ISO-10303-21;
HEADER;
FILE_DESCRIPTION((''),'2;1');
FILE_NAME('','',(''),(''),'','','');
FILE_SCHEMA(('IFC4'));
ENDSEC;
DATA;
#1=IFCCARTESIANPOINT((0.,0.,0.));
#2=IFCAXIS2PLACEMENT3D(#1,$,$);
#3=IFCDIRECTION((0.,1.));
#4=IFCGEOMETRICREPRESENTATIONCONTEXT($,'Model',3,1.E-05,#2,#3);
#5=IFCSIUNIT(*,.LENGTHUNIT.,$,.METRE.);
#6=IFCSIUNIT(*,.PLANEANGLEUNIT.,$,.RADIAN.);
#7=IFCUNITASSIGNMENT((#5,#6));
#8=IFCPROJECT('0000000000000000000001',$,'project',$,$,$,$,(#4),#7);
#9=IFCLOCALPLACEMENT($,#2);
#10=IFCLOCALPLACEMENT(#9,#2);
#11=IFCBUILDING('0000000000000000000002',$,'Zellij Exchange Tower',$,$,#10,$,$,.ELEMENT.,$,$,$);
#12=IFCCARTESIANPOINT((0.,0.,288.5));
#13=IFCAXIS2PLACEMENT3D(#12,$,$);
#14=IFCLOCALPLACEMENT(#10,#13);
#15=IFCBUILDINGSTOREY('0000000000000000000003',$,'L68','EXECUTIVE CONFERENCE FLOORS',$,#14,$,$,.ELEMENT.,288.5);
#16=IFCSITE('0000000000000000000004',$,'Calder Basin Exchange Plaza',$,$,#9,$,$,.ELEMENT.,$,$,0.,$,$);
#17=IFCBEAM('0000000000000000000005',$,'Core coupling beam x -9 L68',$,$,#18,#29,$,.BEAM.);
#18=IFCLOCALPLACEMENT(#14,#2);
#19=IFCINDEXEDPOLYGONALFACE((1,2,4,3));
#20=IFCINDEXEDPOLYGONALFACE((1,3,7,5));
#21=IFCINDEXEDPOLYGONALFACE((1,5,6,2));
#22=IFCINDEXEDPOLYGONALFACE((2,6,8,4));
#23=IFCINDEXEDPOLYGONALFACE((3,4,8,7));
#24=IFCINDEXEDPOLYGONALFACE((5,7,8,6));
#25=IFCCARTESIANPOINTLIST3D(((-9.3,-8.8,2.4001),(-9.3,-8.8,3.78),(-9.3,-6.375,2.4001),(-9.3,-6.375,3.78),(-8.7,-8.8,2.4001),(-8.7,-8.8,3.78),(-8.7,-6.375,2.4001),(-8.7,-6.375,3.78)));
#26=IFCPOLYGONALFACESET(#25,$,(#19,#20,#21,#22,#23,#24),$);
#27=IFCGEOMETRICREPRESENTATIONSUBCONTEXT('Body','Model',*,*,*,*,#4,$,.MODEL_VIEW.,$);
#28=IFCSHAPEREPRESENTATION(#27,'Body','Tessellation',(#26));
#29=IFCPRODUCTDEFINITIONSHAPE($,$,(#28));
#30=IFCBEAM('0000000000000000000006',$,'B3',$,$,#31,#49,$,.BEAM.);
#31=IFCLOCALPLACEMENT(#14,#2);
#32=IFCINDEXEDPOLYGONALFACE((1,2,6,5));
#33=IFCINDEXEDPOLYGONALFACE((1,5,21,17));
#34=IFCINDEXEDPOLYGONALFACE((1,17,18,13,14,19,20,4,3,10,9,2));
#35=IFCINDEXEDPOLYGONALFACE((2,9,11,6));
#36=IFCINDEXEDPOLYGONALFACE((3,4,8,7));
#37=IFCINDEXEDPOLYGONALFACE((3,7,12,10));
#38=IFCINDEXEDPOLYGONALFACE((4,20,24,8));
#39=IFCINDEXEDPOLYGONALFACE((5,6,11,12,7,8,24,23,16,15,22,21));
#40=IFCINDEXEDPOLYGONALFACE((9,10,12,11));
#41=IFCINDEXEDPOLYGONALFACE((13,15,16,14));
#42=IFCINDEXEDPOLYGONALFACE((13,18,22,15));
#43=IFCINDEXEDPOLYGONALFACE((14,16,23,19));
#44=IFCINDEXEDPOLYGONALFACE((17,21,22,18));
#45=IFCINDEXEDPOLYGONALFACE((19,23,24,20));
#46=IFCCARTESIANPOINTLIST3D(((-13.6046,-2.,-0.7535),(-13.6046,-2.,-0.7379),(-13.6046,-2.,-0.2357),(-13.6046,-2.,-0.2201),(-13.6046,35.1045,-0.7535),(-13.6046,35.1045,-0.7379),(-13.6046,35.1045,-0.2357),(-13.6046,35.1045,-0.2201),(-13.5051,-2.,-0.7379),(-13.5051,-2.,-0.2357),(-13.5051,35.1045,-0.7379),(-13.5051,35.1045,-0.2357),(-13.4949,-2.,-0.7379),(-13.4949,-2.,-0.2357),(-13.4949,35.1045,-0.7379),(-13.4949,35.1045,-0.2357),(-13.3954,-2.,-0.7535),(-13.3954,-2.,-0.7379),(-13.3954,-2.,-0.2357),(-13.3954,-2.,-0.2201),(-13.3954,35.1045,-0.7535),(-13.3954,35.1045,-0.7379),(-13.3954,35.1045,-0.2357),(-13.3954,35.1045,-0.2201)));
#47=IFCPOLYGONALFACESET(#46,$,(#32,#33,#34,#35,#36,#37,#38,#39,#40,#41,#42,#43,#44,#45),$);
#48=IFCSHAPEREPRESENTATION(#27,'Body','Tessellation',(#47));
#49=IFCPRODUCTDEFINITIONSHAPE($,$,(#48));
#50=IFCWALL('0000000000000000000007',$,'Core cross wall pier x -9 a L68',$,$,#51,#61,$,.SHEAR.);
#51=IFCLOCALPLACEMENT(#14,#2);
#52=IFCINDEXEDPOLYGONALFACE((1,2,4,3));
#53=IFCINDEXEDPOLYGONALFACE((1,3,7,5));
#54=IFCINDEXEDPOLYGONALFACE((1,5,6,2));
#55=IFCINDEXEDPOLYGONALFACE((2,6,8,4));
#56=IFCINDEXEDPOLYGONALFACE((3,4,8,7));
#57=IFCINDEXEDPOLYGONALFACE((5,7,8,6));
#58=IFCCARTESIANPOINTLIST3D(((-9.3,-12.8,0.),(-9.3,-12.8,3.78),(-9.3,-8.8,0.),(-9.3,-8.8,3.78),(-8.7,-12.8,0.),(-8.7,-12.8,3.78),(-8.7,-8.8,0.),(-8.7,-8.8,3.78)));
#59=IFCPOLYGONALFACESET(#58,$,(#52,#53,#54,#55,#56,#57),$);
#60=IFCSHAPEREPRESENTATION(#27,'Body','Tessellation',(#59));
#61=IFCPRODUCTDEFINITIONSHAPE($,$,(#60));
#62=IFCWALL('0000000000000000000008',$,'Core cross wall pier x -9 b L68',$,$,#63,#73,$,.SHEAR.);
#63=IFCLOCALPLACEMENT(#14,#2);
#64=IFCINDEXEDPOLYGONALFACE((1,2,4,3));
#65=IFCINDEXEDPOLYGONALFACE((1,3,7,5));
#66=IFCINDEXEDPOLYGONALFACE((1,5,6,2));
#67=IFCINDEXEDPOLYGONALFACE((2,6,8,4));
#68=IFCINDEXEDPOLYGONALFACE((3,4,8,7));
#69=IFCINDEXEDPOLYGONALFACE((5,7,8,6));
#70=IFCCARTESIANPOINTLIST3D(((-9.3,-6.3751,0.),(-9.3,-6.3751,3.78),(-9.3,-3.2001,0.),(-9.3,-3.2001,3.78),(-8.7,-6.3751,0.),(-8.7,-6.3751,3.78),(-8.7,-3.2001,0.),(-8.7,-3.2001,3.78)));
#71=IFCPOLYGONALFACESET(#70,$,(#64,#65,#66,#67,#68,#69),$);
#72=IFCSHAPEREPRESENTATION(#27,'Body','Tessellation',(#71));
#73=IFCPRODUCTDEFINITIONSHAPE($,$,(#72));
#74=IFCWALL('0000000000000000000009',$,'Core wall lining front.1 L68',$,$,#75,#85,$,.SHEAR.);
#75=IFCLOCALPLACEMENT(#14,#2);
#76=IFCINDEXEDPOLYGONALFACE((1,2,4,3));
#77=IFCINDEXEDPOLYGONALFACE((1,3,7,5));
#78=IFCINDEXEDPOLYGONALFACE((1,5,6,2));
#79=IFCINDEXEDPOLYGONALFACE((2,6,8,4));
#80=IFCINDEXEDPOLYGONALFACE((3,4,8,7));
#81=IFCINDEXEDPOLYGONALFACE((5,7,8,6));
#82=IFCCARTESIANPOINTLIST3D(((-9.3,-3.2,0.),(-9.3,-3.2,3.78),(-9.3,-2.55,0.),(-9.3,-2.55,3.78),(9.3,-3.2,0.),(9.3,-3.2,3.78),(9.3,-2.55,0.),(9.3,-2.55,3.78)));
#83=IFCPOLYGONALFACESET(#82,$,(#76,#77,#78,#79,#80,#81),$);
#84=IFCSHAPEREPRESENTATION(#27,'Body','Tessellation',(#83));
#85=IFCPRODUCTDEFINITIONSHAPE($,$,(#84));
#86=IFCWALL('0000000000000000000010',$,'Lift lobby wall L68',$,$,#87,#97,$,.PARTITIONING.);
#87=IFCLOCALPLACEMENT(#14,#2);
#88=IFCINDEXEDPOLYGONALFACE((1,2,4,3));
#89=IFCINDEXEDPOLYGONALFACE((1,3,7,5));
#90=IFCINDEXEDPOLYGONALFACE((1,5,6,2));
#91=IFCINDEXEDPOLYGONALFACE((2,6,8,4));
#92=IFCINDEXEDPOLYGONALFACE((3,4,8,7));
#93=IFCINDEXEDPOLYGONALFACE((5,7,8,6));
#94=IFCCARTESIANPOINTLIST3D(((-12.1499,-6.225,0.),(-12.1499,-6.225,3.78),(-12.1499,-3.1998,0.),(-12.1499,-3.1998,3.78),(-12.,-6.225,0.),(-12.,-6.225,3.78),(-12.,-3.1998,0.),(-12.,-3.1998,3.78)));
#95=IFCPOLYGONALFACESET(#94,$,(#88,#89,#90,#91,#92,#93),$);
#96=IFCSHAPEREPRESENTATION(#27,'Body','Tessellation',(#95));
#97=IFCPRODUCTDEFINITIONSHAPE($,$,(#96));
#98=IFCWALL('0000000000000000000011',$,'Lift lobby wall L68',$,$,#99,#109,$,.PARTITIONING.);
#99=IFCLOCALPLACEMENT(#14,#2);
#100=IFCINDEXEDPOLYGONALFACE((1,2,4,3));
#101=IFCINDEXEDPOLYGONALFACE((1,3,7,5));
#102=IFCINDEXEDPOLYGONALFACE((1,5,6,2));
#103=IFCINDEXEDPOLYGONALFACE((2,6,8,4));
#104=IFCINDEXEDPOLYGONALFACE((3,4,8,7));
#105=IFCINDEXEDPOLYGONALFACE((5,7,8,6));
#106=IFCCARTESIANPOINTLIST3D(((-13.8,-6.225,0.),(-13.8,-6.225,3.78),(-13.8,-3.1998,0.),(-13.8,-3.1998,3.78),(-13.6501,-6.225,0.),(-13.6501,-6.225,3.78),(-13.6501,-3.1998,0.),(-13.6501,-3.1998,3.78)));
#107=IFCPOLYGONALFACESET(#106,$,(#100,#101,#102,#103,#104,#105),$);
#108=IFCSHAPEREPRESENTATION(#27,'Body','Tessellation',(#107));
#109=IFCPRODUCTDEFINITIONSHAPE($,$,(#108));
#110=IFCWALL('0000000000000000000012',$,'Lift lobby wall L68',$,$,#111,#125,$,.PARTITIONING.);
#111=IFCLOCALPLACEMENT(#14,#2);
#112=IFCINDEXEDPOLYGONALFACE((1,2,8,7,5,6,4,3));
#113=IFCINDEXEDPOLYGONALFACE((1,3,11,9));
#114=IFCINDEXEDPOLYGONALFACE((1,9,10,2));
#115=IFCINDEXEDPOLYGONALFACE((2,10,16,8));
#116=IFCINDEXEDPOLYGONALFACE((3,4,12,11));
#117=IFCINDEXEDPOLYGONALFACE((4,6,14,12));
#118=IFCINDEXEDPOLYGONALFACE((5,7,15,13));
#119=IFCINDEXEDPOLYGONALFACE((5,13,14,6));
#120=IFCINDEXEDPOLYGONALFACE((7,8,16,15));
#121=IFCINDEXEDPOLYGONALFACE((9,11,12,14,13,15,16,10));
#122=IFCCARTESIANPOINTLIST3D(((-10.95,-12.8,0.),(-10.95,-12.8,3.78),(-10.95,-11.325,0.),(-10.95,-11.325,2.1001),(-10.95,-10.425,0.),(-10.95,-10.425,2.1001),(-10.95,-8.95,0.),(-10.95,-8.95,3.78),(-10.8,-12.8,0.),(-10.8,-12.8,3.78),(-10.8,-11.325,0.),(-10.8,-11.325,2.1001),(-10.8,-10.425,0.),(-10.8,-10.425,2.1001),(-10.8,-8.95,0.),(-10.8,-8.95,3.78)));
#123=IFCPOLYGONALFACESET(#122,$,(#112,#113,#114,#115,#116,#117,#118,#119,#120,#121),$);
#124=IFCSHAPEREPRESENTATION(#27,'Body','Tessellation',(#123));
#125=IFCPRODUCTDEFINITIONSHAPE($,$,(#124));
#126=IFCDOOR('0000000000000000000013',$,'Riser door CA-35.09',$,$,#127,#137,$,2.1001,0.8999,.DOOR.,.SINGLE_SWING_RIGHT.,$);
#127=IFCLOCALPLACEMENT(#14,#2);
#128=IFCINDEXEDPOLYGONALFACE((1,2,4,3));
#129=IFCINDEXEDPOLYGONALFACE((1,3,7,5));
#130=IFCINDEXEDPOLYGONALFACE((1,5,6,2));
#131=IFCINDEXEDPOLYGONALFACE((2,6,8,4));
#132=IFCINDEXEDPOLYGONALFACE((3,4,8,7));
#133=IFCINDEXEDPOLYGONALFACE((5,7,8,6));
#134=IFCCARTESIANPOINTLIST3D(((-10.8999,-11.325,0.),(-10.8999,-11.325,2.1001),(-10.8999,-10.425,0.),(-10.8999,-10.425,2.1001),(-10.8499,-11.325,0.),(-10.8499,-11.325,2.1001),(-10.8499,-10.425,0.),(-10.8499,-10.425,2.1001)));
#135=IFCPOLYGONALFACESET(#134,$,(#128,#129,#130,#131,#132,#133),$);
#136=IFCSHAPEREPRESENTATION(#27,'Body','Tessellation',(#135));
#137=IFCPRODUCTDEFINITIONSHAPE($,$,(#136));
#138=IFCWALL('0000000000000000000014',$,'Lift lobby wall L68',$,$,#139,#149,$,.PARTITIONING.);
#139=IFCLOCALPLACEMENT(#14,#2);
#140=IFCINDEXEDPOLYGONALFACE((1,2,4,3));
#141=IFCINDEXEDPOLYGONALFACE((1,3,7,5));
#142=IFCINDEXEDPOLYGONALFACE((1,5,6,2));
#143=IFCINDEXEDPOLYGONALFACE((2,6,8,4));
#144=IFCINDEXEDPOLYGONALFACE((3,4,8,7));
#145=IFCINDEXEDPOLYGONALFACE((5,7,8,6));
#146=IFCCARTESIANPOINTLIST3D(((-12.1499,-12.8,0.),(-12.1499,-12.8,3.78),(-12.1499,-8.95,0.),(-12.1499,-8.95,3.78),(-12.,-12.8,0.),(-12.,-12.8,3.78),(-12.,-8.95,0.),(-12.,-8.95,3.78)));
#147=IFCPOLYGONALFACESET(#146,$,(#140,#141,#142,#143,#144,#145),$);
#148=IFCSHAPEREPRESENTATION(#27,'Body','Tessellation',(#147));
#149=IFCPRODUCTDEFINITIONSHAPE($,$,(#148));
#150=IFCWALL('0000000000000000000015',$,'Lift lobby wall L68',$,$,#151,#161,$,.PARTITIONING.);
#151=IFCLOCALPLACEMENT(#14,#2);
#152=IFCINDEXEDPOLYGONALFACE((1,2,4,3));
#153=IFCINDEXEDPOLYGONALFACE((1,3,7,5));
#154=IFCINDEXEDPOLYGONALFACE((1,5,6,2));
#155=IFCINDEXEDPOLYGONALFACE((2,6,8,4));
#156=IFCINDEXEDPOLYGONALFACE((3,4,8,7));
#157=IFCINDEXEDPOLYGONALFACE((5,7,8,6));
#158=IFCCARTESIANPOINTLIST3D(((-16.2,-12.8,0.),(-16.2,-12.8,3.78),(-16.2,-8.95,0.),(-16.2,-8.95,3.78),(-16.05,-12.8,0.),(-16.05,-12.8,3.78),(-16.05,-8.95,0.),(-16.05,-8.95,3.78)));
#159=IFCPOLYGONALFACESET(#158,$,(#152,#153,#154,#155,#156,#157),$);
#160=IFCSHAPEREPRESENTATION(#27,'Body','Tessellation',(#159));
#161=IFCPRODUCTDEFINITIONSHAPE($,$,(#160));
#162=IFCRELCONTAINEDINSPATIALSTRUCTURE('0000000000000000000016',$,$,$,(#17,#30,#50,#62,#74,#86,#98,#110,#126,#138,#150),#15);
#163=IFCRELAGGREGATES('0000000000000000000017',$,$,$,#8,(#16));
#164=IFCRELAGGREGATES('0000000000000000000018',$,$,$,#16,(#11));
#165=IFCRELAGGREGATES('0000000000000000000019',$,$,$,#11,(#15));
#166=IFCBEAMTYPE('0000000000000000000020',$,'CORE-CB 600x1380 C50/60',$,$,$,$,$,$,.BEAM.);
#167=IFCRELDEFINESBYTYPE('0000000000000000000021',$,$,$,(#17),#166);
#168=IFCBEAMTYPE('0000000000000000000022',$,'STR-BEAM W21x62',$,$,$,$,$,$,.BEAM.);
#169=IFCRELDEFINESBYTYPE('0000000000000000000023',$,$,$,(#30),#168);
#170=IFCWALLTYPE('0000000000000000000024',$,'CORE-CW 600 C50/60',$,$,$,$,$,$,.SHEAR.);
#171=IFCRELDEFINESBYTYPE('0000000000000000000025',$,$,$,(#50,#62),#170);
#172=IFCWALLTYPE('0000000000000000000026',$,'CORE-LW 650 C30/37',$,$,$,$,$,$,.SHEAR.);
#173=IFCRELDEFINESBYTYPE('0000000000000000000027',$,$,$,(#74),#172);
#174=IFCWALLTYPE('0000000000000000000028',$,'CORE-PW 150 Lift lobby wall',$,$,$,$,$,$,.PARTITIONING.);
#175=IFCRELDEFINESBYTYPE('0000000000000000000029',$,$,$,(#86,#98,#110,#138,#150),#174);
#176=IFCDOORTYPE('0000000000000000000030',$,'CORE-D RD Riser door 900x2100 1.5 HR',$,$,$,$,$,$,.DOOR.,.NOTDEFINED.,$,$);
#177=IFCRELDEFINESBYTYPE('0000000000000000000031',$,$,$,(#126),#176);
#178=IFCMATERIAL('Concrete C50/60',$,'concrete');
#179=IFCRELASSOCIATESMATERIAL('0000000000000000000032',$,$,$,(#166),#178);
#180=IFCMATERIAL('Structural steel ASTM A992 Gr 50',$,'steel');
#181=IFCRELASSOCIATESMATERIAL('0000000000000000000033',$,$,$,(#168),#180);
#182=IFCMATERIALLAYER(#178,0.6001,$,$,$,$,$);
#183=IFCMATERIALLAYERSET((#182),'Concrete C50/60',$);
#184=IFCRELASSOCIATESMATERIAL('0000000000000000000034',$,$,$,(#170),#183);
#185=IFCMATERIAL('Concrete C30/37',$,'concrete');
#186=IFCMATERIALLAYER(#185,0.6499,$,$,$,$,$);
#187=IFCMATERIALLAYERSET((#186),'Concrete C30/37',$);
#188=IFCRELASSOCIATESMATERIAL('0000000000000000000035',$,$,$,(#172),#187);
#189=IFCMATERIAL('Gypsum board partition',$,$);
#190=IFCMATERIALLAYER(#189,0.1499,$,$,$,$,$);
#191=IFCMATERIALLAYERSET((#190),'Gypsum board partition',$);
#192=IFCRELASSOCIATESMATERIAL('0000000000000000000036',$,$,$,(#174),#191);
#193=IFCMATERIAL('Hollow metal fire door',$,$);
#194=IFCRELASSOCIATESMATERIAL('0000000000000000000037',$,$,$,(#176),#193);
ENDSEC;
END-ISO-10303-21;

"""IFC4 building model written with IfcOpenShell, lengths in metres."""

from ifc_helpers import new_model, si_unit, direction, frame, frame_2d, origin, origin_2d, place, context, subcontext, project, spatial, rectangle, i_section, extrude, material, layer, layer_set, material_profile, profile_set, type_object, element, fill, save


model = new_model("IFC4")

# Units and contexts
model_context = context("Model", 3, precision=1e-05, world=origin(), true_north=direction((0.0, 1.0)))
body_context = subcontext(model_context, "Body", "Model", "MODEL_VIEW")
ifc_project = project(units=[si_unit("LENGTHUNIT", "METRE"), si_unit("PLANEANGLEUNIT", "RADIAN")], contexts=[model_context])

# Site, building, storey
site_placement = place(None, origin())
site = spatial("IfcSite", under=ifc_project, at=site_placement, Name="Calder Basin Exchange Plaza", CompositionType="ELEMENT", RefElevation=0.0)
building_placement = place(site_placement, origin())
building = spatial("IfcBuilding", under=site, at=building_placement, Name="Zellij Exchange Tower", CompositionType="ELEMENT")
storey_placement = place(building_placement, frame((0.0, 0.0, 288.5)))
storey = spatial("IfcBuildingStorey", under=building, at=storey_placement, Name="L68", Description="EXECUTIVE CONFERENCE FLOORS", CompositionType="ELEMENT", Elevation=288.5)

# Beams
ifc_material_1 = material(Name="Concrete C50/60", Category="concrete")
ifc_material_profile_1 = material_profile(ifc_material_1, rectangle(XDim=0.6001, YDim=1.3799, at=origin_2d()), Name="CORE-CB 600x1380 C50/60")
ifc_profile_set_1 = profile_set([ifc_material_profile_1], Name="Concrete C50/60")
beam_type_1 = type_object("IfcBeamType", Name="CORE-CB 600x1380 C50/60", PredefinedType="BEAM", material=ifc_profile_set_1)
beam_1_placement = place(storey_placement, frame((-9.0, -8.8, 3.0901), z_axis=(0.0, 1.0, 0.0), x_axis=(-1.0, 0.0, 0.0)))
element("IfcBeam", 1, at=beam_1_placement, inside=storey, type_object=beam_type_1, Name="Core coupling beam x -9 L68", PredefinedType="BEAM", context=body_context, shape_type="SweptSolid", body=[
    extrude(rectangle(XDim=0.6001, YDim=1.3799, at=origin_2d()), origin(), (0.0, 0.0, 1.0), 2.425),
])
ifc_material_2 = material(Name="Structural steel ASTM A992 Gr 50", Category="steel")
ifc_material_profile_2 = material_profile(ifc_material_2, i_section(OverallWidth=0.2092, OverallDepth=0.5334, WebThickness=0.0103, FlangeThickness=0.0156, at=origin_2d()), Name="W21x62")
ifc_profile_set_2 = profile_set([ifc_material_profile_2], Name="Structural steel ASTM A992 Gr 50")
beam_type_2 = type_object("IfcBeamType", Name="STR-BEAM W21x62", PredefinedType="BEAM", material=ifc_profile_set_2)
beam_2_placement = place(storey_placement, frame((-13.5, -2.0, -0.4868), z_axis=(0.0, 1.0, 0.0), x_axis=(-1.0, 0.0, 0.0)))
element("IfcBeam", 2, at=beam_2_placement, inside=storey, type_object=beam_type_2, Name="B3", PredefinedType="BEAM", context=body_context, shape_type="SweptSolid", body=[
    extrude(i_section(OverallWidth=0.2092, OverallDepth=0.5334, WebThickness=0.0103, FlangeThickness=0.0156, at=origin_2d()), origin(), (0.0, 0.0, 1.0), 37.1045),
])

# Walls
ifc_layer_1 = layer(ifc_material_1, 0.6001)
ifc_layer_set_1 = layer_set([ifc_layer_1], Name="Concrete C50/60")
wall_type_1 = type_object("IfcWallType", Name="CORE-CW 600 C50/60", PredefinedType="SHEAR", material=ifc_layer_set_1)
wall_1_placement = place(storey_placement, frame((-9.0, -12.8, 0.0), z_axis=(0.0, 0.0, 1.0), x_axis=(0.0, 1.0, 0.0)))
element("IfcWall", 3, at=wall_1_placement, inside=storey, type_object=wall_type_1, Name="Core cross wall pier x -9 a L68", PredefinedType="SHEAR", context=body_context, shape_type="SweptSolid", body=[
    extrude(rectangle(XDim=4.0, YDim=0.6001, at=frame_2d((2.0, 0.0))), origin(), (0.0, 0.0, 1.0), 3.78),
])
wall_2_placement = place(storey_placement, frame((-9.0, -6.375, 0.0), z_axis=(0.0, 0.0, 1.0), x_axis=(0.0, 1.0, 0.0)))
element("IfcWall", 4, at=wall_2_placement, inside=storey, type_object=wall_type_1, Name="Core cross wall pier x -9 b L68", PredefinedType="SHEAR", context=body_context, shape_type="SweptSolid", body=[
    extrude(rectangle(XDim=3.175, YDim=0.6001, at=frame_2d((1.5874, 0.0))), origin(), (0.0, 0.0, 1.0), 3.78),
])
ifc_material_3 = material(Name="Concrete C30/37", Category="concrete")
ifc_layer_2 = layer(ifc_material_3, 0.6499)
ifc_layer_set_2 = layer_set([ifc_layer_2], Name="Concrete C30/37")
wall_type_2 = type_object("IfcWallType", Name="CORE-LW 650 C30/37", PredefinedType="SHEAR", material=ifc_layer_set_2)
wall_3_placement = place(storey_placement, frame((-9.3, -2.875, 0.0), z_axis=(0.0, 0.0, 1.0), x_axis=(1.0, 0.0, 0.0)))
element("IfcWall", 5, at=wall_3_placement, inside=storey, type_object=wall_type_2, Name="Core wall lining front.1 L68", PredefinedType="SHEAR", context=body_context, shape_type="SweptSolid", body=[
    extrude(rectangle(XDim=18.6001, YDim=0.6499, at=frame_2d((9.3, 0.0))), origin(), (0.0, 0.0, 1.0), 3.78),
])
ifc_material_4 = material(Name="Gypsum board partition")
ifc_layer_3 = layer(ifc_material_4, 0.1499)
ifc_layer_set_3 = layer_set([ifc_layer_3], Name="Gypsum board partition")
wall_type_3 = type_object("IfcWallType", Name="CORE-PW 150 Lift lobby wall", PredefinedType="PARTITIONING", material=ifc_layer_set_3)
for number, where, z_axis, x_axis, name in (
    (6, (-12.075, -6.2251, 0.0), (0.0, 0.0, 1.0), (0.0, 1.0, 0.0), "Lift lobby wall L68"),
    (7, (-13.7251, -6.2251, 0.0), (0.0, 0.0, 1.0), (0.0, 1.0, 0.0), "Lift lobby wall L68"),
):
    element("IfcWall", number, at=place(storey_placement, frame(where, z_axis=z_axis, x_axis=x_axis)), inside=storey, type_object=wall_type_3, Name=name, PredefinedType="PARTITIONING", context=body_context, shape_type="SweptSolid", body=[
        extrude(rectangle(XDim=3.0251, YDim=0.1499, at=frame_2d((1.5127, 0.0))), origin(), (0.0, 0.0, 1.0), 3.78),
    ])

# Wall, opening, door
wall_4_placement = place(storey_placement, frame((-10.875, -12.8, 0.0), z_axis=(0.0, 0.0, 1.0), x_axis=(0.0, 1.0, 0.0)))
wall_4 = element("IfcWall", 8, at=wall_4_placement, inside=storey, type_object=wall_type_3, Name="Lift lobby wall L68", PredefinedType="PARTITIONING", context=body_context, shape_type="SweptSolid", body=[
    extrude(rectangle(XDim=3.8501, YDim=0.1499, at=frame_2d((1.925, 0.0))), origin(), (0.0, 0.0, 1.0), 3.78),
])
opening_1_placement = place(wall_4_placement, frame((1.4751, 0.0, 0.0)))
opening_1 = element("IfcOpeningElement", 9, at=opening_1_placement, cuts=wall_4, PredefinedType="OPENING", context=body_context, shape_type="SweptSolid", body=[
    extrude(rectangle(XDim=0.8999, YDim=2.1001, at=frame_2d((0.45, 1.05))), frame((0.0, 0.0869, 0.0), z_axis=(0.0, -1.0, 0.0), x_axis=(1.0, 0.0, 0.0)), (0.0, 0.0, 1.0), 0.1738),
])
ifc_material_5 = material(Name="Hollow metal fire door")
door_type_1 = type_object("IfcDoorType", Name="CORE-D RD Riser door 900x2100 1.5 HR", OperationType="NOTDEFINED", PredefinedType="DOOR", material=ifc_material_5)
door_1_placement = place(opening_1_placement, origin())
door_1 = element("IfcDoor", 10, at=door_1_placement, inside=storey, type_object=door_type_1, Name="Riser door CA-35.09", OperationType="SINGLE_SWING_RIGHT", OverallHeight=2.1001, OverallWidth=0.8999, PredefinedType="DOOR", context=body_context, shape_type="SweptSolid", body=[
    extrude(rectangle(XDim=0.8999, YDim=2.1001, at=frame_2d((0.45, 1.05))), frame((0.0, 0.0249, 0.0), z_axis=(0.0, -1.0, 0.0), x_axis=(1.0, 0.0, 0.0)), (0.0, 0.0, 1.0), 0.05),
])
fill(opening_1, door_1)

# Walls
for number, where, z_axis, x_axis, name in (
    (11, (-12.075, -12.8, 0.0), (0.0, 0.0, 1.0), (0.0, 1.0, 0.0), "Lift lobby wall L68"),
    (12, (-16.125, -12.8, 0.0), (0.0, 0.0, 1.0), (0.0, 1.0, 0.0), "Lift lobby wall L68"),
):
    element("IfcWall", number, at=place(storey_placement, frame(where, z_axis=z_axis, x_axis=x_axis)), inside=storey, type_object=wall_type_3, Name=name, PredefinedType="PARTITIONING", context=body_context, shape_type="SweptSolid", body=[
        extrude(rectangle(XDim=3.8501, YDim=0.1499, at=frame_2d((1.925, 0.0))), origin(), (0.0, 0.0, 1.0), 3.78),
    ])

save(model, "model.ifc")
